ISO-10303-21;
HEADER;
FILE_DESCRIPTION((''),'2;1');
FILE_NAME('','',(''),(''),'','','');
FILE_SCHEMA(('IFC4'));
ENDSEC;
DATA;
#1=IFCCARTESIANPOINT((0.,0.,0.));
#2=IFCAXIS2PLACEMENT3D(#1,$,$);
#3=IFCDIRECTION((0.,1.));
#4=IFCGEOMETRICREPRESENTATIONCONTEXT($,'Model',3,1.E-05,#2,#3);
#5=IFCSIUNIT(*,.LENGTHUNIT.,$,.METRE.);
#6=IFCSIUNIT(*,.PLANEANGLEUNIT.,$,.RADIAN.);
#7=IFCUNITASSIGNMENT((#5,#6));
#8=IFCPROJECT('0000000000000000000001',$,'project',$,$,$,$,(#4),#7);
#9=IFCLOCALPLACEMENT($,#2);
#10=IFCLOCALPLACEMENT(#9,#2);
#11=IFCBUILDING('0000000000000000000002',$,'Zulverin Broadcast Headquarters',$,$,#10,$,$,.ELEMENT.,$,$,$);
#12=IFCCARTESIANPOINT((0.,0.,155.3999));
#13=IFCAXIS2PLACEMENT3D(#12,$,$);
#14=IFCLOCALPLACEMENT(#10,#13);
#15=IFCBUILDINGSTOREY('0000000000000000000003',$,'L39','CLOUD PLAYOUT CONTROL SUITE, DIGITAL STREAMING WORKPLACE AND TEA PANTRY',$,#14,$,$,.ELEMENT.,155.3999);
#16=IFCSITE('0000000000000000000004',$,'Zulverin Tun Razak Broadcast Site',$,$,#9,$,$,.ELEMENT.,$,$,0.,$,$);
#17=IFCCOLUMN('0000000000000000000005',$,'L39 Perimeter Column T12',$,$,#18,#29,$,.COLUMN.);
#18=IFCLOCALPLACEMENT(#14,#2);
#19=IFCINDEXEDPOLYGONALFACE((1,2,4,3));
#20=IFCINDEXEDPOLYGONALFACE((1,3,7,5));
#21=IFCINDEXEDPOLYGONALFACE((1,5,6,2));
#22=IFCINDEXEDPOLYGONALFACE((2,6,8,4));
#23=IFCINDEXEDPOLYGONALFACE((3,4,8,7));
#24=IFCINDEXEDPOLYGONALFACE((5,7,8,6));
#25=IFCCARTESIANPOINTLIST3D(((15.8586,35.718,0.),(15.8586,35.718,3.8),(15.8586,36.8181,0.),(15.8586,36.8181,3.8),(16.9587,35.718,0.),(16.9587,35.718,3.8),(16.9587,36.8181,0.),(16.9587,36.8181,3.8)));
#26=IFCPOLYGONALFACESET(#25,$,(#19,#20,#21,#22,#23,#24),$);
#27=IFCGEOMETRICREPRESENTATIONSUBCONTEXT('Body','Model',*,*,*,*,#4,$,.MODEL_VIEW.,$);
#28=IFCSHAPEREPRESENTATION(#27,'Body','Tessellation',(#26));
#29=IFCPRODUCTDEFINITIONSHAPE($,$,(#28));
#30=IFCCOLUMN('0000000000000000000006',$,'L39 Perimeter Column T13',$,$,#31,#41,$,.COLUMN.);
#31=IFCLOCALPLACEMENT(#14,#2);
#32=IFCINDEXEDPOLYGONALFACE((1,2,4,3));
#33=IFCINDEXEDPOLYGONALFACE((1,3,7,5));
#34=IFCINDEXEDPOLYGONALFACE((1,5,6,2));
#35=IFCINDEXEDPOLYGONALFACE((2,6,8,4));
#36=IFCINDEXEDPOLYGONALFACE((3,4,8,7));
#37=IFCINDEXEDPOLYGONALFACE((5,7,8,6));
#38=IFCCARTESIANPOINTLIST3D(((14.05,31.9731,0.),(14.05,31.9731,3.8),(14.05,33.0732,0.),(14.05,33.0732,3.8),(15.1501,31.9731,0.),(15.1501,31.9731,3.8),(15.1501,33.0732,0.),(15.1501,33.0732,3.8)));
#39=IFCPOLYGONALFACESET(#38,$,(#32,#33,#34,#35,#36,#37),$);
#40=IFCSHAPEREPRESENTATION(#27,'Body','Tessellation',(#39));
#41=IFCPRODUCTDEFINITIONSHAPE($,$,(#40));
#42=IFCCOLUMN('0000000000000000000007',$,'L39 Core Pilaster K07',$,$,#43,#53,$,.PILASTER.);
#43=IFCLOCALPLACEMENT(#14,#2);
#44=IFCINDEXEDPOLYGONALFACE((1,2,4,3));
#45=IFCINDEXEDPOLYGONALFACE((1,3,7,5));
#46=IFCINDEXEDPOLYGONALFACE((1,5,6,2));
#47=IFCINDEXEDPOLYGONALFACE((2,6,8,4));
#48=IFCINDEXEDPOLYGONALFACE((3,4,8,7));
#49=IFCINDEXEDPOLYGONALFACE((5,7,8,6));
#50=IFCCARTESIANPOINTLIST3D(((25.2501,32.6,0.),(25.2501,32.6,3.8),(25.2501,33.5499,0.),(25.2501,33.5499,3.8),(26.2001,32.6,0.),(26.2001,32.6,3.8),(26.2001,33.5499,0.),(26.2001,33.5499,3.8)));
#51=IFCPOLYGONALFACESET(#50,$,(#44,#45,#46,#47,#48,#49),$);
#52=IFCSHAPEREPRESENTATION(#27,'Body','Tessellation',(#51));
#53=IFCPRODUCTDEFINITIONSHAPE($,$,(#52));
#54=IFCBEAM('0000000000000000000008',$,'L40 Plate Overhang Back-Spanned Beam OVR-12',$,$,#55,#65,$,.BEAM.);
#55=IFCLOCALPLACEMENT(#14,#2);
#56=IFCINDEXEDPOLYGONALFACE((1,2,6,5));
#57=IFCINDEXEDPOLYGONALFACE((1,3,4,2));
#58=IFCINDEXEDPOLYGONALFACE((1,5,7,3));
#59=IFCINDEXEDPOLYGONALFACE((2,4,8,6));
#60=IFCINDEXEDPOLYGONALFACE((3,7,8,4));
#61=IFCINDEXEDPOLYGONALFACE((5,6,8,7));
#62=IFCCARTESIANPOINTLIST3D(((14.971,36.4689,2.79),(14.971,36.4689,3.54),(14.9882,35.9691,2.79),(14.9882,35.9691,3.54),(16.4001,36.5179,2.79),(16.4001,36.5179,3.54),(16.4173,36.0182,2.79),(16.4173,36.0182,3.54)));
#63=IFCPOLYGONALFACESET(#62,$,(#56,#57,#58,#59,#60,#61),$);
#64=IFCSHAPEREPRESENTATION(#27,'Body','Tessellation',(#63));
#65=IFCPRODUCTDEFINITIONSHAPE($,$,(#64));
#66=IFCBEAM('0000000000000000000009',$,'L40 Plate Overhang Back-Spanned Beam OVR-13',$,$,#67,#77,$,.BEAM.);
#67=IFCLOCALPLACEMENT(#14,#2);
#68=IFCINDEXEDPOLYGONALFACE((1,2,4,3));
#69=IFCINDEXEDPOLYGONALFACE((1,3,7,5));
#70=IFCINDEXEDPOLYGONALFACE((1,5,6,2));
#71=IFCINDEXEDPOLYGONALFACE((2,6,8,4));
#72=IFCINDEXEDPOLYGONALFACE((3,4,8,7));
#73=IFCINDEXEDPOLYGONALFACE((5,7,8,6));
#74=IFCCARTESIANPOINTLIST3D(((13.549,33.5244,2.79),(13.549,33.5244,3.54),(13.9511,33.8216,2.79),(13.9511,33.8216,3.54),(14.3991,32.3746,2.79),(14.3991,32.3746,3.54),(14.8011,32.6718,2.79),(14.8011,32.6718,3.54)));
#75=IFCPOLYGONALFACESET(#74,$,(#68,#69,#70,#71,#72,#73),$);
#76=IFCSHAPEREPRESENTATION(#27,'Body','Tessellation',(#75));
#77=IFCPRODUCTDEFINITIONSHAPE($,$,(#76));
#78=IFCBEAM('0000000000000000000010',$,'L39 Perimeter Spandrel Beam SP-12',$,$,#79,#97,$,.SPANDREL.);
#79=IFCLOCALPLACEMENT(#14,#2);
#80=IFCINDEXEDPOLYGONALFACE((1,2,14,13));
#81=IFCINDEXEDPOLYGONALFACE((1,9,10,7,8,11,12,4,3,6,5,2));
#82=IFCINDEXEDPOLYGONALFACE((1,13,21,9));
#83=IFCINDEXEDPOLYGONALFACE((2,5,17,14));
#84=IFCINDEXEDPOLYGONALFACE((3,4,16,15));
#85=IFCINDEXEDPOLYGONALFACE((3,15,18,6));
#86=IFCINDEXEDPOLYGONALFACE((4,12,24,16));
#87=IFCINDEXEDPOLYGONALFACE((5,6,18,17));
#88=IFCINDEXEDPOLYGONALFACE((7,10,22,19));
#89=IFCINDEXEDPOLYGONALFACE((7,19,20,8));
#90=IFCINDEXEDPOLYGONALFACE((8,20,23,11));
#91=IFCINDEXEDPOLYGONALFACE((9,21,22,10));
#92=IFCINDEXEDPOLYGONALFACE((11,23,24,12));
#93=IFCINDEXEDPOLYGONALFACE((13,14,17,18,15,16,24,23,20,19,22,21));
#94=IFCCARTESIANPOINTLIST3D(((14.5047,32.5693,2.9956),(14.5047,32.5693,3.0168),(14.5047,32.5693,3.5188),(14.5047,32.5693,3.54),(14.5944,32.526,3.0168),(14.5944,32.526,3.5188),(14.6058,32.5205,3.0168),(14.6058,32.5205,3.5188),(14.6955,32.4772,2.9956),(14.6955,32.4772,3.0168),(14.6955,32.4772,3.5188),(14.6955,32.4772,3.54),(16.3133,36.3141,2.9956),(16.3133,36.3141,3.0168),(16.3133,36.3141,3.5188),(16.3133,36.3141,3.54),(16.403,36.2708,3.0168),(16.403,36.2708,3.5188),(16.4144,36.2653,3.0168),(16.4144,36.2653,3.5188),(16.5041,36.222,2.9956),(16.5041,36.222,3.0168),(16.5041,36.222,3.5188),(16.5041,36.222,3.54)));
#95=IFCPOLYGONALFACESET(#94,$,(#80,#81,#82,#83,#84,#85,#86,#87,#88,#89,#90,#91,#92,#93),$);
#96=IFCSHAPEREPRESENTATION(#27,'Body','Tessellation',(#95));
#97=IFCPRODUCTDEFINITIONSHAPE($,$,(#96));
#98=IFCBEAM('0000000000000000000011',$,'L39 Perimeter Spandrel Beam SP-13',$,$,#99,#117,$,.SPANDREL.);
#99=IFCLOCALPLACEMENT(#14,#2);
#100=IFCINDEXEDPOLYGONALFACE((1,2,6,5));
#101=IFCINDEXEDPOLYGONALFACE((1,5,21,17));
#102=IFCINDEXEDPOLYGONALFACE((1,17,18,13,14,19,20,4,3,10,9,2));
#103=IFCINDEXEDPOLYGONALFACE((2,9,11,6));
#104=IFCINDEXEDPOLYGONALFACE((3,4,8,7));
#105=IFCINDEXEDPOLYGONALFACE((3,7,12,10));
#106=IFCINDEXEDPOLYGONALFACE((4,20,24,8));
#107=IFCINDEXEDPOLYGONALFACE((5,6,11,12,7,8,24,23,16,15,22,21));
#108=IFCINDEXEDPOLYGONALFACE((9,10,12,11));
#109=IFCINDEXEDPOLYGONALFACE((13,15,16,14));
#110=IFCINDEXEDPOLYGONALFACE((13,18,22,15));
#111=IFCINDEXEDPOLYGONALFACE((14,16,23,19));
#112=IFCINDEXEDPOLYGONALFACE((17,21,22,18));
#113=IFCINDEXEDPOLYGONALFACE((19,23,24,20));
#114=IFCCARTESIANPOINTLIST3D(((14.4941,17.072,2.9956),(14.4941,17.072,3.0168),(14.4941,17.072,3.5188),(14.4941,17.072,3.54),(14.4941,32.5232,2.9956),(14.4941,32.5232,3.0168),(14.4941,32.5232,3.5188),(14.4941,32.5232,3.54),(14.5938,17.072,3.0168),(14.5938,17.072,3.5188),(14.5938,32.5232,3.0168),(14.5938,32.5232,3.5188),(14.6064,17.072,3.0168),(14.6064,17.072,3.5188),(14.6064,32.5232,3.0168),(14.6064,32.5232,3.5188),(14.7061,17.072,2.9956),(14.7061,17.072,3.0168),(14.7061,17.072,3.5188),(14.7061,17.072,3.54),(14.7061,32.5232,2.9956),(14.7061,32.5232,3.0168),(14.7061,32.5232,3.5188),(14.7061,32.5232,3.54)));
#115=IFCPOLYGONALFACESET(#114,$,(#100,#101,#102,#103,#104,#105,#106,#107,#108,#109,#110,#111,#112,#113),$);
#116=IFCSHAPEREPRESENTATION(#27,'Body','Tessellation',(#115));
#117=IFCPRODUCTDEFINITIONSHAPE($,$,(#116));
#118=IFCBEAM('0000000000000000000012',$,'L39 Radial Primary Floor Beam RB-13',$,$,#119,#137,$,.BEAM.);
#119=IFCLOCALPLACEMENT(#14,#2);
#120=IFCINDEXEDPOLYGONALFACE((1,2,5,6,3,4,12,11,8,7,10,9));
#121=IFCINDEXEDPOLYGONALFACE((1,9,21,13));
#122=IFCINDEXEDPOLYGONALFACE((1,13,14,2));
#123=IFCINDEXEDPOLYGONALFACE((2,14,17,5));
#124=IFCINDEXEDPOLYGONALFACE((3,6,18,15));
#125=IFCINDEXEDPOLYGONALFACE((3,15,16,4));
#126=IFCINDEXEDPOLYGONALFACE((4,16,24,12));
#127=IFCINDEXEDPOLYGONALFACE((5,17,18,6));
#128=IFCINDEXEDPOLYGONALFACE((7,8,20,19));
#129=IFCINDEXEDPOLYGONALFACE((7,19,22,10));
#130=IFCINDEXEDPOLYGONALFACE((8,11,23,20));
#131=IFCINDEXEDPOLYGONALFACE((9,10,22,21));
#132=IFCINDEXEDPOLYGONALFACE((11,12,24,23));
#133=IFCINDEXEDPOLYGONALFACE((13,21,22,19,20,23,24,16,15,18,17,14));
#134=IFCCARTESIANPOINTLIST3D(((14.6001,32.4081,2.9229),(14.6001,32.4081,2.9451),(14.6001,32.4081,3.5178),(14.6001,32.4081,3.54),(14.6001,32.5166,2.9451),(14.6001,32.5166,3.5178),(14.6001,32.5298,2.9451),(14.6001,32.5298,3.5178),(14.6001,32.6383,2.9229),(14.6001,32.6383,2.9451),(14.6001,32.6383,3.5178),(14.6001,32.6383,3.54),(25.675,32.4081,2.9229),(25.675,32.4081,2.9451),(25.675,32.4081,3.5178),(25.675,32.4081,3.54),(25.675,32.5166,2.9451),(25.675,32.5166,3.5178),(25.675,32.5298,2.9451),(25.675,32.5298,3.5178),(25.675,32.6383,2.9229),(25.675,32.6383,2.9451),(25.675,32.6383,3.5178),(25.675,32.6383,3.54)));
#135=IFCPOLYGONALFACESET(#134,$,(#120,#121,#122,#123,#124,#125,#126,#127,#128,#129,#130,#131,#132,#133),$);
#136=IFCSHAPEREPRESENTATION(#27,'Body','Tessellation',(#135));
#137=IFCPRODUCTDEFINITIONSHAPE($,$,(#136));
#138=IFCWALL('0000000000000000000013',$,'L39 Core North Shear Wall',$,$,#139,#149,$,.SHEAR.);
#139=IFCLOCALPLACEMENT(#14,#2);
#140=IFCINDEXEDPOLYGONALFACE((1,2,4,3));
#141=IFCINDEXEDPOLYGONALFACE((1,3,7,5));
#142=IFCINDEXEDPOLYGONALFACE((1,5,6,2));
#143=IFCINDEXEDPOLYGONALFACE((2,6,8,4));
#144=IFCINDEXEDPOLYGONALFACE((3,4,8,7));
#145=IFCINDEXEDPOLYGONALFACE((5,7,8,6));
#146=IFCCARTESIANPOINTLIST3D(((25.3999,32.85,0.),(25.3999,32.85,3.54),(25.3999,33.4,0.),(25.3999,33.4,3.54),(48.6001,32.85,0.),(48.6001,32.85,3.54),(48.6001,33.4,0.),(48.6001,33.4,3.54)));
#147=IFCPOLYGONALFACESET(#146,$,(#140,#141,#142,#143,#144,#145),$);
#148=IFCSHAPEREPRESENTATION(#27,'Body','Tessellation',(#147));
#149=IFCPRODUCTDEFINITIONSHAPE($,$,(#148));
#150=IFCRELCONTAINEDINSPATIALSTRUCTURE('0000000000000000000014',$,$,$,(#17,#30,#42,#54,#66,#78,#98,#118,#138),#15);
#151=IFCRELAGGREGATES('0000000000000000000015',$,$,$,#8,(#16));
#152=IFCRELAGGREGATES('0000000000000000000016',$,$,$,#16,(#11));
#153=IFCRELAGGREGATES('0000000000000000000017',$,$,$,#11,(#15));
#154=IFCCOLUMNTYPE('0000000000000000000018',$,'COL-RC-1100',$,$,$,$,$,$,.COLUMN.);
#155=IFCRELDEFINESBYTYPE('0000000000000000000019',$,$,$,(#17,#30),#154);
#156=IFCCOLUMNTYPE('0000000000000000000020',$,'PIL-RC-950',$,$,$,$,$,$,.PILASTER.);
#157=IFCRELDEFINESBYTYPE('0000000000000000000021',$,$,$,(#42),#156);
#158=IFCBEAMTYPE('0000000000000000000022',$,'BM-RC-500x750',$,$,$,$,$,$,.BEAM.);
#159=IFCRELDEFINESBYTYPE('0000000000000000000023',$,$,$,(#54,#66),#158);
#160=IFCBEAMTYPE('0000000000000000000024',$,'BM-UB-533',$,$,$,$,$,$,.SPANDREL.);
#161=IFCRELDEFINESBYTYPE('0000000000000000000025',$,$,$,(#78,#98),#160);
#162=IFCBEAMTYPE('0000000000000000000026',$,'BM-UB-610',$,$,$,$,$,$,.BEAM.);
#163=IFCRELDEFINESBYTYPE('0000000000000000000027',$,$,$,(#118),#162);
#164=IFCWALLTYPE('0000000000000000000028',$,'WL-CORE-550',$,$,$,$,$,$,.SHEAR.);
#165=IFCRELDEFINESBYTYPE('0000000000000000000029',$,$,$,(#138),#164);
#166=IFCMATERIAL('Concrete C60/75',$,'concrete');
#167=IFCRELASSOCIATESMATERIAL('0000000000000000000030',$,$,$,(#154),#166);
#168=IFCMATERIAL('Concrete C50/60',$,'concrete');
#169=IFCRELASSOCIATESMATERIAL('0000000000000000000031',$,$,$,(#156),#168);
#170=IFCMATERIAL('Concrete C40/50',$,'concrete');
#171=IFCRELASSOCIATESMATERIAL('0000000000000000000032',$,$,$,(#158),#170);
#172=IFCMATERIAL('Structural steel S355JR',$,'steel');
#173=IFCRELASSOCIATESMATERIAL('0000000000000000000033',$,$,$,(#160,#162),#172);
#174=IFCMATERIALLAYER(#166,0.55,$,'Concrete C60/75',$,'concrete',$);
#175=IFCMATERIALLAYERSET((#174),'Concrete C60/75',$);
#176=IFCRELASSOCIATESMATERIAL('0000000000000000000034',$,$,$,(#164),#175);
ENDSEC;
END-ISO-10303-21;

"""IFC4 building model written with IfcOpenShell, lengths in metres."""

from ifc_helpers import new_model, si_unit, direction, frame, frame_2d, origin, origin_2d, place, context, subcontext, project, spatial, rectangle, i_section, extrude, material, layer, layer_set, material_profile, profile_set, type_object, element, save


model = new_model("IFC4")

# Units and contexts
model_context = context("Model", 3, precision=1e-05, world=origin(), true_north=direction((0.0, 1.0)))
body_context = subcontext(model_context, "Body", "Model", "MODEL_VIEW")
ifc_project = project(units=[si_unit("LENGTHUNIT", "METRE"), si_unit("PLANEANGLEUNIT", "RADIAN")], contexts=[model_context])

# Site, building, storey
site_placement = place(None, origin())
site = spatial("IfcSite", under=ifc_project, at=site_placement, Name="Zulverin Tun Razak Broadcast Site", CompositionType="ELEMENT", RefElevation=0.0)
building_placement = place(site_placement, origin())
building = spatial("IfcBuilding", under=site, at=building_placement, Name="Zulverin Broadcast Headquarters", CompositionType="ELEMENT")
storey_placement = place(building_placement, frame((0.0, 0.0, 155.3999)))
storey = spatial("IfcBuildingStorey", under=building, at=storey_placement, Name="L39", Description="CLOUD PLAYOUT CONTROL SUITE, DIGITAL STREAMING WORKPLACE AND TEA PANTRY", CompositionType="ELEMENT", Elevation=155.3999)

# Columns
ifc_material_1 = material(Name="Concrete C60/75", Category="concrete")
ifc_material_profile_1 = material_profile(ifc_material_1, rectangle(XDim=1.1001, YDim=1.1001, at=origin_2d()), Name="Concrete C60/75", Category="concrete")
ifc_profile_set_1 = profile_set([ifc_material_profile_1], Name="Concrete C60/75")
column_type_1 = type_object("IfcColumnType", Name="COL-RC-1100", PredefinedType="COLUMN", material=ifc_profile_set_1)
for number, where, z_axis, x_axis, name in (
    (1, (16.4087, 36.2681, 0.0), (0.0, 0.0, 1.0), (1.0, 0.0, 0.0), "L39 Perimeter Column T12"),
    (2, (14.6001, 32.5232, 0.0), (0.0, 0.0, 1.0), (1.0, 0.0, 0.0), "L39 Perimeter Column T13"),
):
    element("IfcColumn", number, at=place(storey_placement, frame(where, z_axis=z_axis, x_axis=x_axis)), inside=storey, type_object=column_type_1, Name=name, PredefinedType="COLUMN", context=body_context, shape_type="SweptSolid", body=[
        extrude(rectangle(XDim=1.1001, YDim=1.1001, at=origin_2d()), origin(), (0.0, 0.0, 1.0), 3.8),
    ])
ifc_material_2 = material(Name="Concrete C50/60", Category="concrete")
ifc_material_profile_2 = material_profile(ifc_material_2, rectangle(XDim=0.95, YDim=0.95, at=origin_2d()), Name="Concrete C50/60", Category="concrete")
ifc_profile_set_2 = profile_set([ifc_material_profile_2], Name="Concrete C50/60")
column_type_2 = type_object("IfcColumnType", Name="PIL-RC-950", PredefinedType="PILASTER", material=ifc_profile_set_2)
column_placement = place(storey_placement, frame((25.7251, 33.075, 0.0), z_axis=(0.0, 0.0, 1.0), x_axis=(1.0, 0.0, 0.0)))
element("IfcColumn", 3, at=column_placement, inside=storey, type_object=column_type_2, Name="L39 Core Pilaster K07", PredefinedType="PILASTER", context=body_context, shape_type="SweptSolid", body=[
    extrude(rectangle(XDim=0.95, YDim=0.95, at=origin_2d()), origin(), (0.0, 0.0, 1.0), 3.8),
])

# Beams
ifc_material_3 = material(Name="Concrete C40/50", Category="concrete")
ifc_material_profile_3 = material_profile(ifc_material_3, rectangle(XDim=0.5, YDim=0.75, at=origin_2d()), Name="Concrete C40/50", Category="concrete")
ifc_profile_set_3 = profile_set([ifc_material_profile_3], Name="Concrete C40/50")
beam_type_1 = type_object("IfcBeamType", Name="BM-RC-500x750", PredefinedType="BEAM", material=ifc_profile_set_3)
for number, where, z_axis, x_axis, name in (
    (4, (16.4087, 36.2681, 3.165), (-0.999411, -0.034315, 0.0), (0.034315, -0.999411, 0.0), "L40 Plate Overhang Back-Spanned Beam OVR-12"),
    (5, (14.6001, 32.5232, 3.165), (-0.594468, 0.804119, 0.0), (-0.804119, -0.594468, 0.0), "L40 Plate Overhang Back-Spanned Beam OVR-13"),
):
    element("IfcBeam", number, at=place(storey_placement, frame(where, z_axis=z_axis, x_axis=x_axis)), inside=storey, type_object=beam_type_1, Name=name, PredefinedType="BEAM", context=body_context, shape_type="SweptSolid", body=[
        extrude(rectangle(XDim=0.5, YDim=0.75, at=origin_2d()), origin(), (0.0, 0.0, 1.0), 1.4299),
    ])
ifc_material_4 = material(Name="Structural steel S355JR", Category="steel")
ifc_material_profile_4 = material_profile(ifc_material_4, i_section(OverallWidth=0.2119, OverallDepth=0.5444, WebThickness=0.0127, FlangeThickness=0.0212, at=origin_2d()), Name="Structural steel S355JR", Category="steel")
ifc_profile_set_4 = profile_set([ifc_material_profile_4], Name="Structural steel S355JR")
beam_type_2 = type_object("IfcBeamType", Name="BM-UB-533", PredefinedType="SPANDREL", material=ifc_profile_set_4)
beam_1_placement = place(storey_placement, frame((16.4087, 36.2681, 3.2678), z_axis=(-0.43489, -0.900483, 0.0), x_axis=(0.900483, -0.43489, 0.0)))
element("IfcBeam", 6, at=beam_1_placement, inside=storey, type_object=beam_type_2, Name="L39 Perimeter Spandrel Beam SP-12", PredefinedType="SPANDREL", context=body_context, shape_type="SweptSolid", body=[
    extrude(i_section(OverallWidth=0.2119, OverallDepth=0.5444, WebThickness=0.0127, FlangeThickness=0.0212, at=origin_2d()), origin(), (0.0, 0.0, 1.0), 4.1587),
])
beam_2_placement = place(storey_placement, frame((14.6001, 32.5232, 3.2678), z_axis=(0.0, -1.0, 0.0), x_axis=(1.0, 0.0, 0.0)))
element("IfcBeam", 7, at=beam_2_placement, inside=storey, type_object=beam_type_2, Name="L39 Perimeter Spandrel Beam SP-13", PredefinedType="SPANDREL", context=body_context, shape_type="SweptSolid", body=[
    extrude(i_section(OverallWidth=0.2119, OverallDepth=0.5444, WebThickness=0.0127, FlangeThickness=0.0212, at=origin_2d()), origin(), (0.0, 0.0, 1.0), 15.4512),
])
ifc_material_profile_5 = material_profile(ifc_material_4, i_section(OverallWidth=0.2302, OverallDepth=0.6172, WebThickness=0.0132, FlangeThickness=0.0222, at=origin_2d()), Name="Structural steel S355JR", Category="steel")
ifc_profile_set_5 = profile_set([ifc_material_profile_5], Name="Structural steel S355JR")
beam_type_3 = type_object("IfcBeamType", Name="BM-UB-610", PredefinedType="BEAM", material=ifc_profile_set_5)
beam_3_placement = place(storey_placement, frame((25.675, 32.5232, 3.2314), z_axis=(-1.0, 0.0, 0.0), x_axis=(0.0, -1.0, 0.0)))
element("IfcBeam", 8, at=beam_3_placement, inside=storey, type_object=beam_type_3, Name="L39 Radial Primary Floor Beam RB-13", PredefinedType="BEAM", context=body_context, shape_type="SweptSolid", body=[
    extrude(i_section(OverallWidth=0.2302, OverallDepth=0.6172, WebThickness=0.0132, FlangeThickness=0.0222, at=origin_2d()), origin(), (0.0, 0.0, 1.0), 11.075),
])

# Wall
ifc_layer_1 = layer(ifc_material_1, 0.55, Name="Concrete C60/75", Category="concrete")
ifc_layer_set_1 = layer_set([ifc_layer_1], Name="Concrete C60/75")
wall_type_1 = type_object("IfcWallType", Name="WL-CORE-550", PredefinedType="SHEAR", material=ifc_layer_set_1)
wall_1_placement = place(storey_placement, frame((25.3999, 33.125, 0.0), z_axis=(0.0, 0.0, 1.0), x_axis=(1.0, 0.0, 0.0)))
element("IfcWall", 9, at=wall_1_placement, inside=storey, type_object=wall_type_1, Name="L39 Core North Shear Wall", PredefinedType="SHEAR", context=body_context, shape_type="SweptSolid", body=[
    extrude(rectangle(XDim=23.2002, YDim=0.55, at=frame_2d((11.6001, 0.0))), origin(), (0.0, 0.0, 1.0), 3.54),
])

save(model, "model.ifc")
